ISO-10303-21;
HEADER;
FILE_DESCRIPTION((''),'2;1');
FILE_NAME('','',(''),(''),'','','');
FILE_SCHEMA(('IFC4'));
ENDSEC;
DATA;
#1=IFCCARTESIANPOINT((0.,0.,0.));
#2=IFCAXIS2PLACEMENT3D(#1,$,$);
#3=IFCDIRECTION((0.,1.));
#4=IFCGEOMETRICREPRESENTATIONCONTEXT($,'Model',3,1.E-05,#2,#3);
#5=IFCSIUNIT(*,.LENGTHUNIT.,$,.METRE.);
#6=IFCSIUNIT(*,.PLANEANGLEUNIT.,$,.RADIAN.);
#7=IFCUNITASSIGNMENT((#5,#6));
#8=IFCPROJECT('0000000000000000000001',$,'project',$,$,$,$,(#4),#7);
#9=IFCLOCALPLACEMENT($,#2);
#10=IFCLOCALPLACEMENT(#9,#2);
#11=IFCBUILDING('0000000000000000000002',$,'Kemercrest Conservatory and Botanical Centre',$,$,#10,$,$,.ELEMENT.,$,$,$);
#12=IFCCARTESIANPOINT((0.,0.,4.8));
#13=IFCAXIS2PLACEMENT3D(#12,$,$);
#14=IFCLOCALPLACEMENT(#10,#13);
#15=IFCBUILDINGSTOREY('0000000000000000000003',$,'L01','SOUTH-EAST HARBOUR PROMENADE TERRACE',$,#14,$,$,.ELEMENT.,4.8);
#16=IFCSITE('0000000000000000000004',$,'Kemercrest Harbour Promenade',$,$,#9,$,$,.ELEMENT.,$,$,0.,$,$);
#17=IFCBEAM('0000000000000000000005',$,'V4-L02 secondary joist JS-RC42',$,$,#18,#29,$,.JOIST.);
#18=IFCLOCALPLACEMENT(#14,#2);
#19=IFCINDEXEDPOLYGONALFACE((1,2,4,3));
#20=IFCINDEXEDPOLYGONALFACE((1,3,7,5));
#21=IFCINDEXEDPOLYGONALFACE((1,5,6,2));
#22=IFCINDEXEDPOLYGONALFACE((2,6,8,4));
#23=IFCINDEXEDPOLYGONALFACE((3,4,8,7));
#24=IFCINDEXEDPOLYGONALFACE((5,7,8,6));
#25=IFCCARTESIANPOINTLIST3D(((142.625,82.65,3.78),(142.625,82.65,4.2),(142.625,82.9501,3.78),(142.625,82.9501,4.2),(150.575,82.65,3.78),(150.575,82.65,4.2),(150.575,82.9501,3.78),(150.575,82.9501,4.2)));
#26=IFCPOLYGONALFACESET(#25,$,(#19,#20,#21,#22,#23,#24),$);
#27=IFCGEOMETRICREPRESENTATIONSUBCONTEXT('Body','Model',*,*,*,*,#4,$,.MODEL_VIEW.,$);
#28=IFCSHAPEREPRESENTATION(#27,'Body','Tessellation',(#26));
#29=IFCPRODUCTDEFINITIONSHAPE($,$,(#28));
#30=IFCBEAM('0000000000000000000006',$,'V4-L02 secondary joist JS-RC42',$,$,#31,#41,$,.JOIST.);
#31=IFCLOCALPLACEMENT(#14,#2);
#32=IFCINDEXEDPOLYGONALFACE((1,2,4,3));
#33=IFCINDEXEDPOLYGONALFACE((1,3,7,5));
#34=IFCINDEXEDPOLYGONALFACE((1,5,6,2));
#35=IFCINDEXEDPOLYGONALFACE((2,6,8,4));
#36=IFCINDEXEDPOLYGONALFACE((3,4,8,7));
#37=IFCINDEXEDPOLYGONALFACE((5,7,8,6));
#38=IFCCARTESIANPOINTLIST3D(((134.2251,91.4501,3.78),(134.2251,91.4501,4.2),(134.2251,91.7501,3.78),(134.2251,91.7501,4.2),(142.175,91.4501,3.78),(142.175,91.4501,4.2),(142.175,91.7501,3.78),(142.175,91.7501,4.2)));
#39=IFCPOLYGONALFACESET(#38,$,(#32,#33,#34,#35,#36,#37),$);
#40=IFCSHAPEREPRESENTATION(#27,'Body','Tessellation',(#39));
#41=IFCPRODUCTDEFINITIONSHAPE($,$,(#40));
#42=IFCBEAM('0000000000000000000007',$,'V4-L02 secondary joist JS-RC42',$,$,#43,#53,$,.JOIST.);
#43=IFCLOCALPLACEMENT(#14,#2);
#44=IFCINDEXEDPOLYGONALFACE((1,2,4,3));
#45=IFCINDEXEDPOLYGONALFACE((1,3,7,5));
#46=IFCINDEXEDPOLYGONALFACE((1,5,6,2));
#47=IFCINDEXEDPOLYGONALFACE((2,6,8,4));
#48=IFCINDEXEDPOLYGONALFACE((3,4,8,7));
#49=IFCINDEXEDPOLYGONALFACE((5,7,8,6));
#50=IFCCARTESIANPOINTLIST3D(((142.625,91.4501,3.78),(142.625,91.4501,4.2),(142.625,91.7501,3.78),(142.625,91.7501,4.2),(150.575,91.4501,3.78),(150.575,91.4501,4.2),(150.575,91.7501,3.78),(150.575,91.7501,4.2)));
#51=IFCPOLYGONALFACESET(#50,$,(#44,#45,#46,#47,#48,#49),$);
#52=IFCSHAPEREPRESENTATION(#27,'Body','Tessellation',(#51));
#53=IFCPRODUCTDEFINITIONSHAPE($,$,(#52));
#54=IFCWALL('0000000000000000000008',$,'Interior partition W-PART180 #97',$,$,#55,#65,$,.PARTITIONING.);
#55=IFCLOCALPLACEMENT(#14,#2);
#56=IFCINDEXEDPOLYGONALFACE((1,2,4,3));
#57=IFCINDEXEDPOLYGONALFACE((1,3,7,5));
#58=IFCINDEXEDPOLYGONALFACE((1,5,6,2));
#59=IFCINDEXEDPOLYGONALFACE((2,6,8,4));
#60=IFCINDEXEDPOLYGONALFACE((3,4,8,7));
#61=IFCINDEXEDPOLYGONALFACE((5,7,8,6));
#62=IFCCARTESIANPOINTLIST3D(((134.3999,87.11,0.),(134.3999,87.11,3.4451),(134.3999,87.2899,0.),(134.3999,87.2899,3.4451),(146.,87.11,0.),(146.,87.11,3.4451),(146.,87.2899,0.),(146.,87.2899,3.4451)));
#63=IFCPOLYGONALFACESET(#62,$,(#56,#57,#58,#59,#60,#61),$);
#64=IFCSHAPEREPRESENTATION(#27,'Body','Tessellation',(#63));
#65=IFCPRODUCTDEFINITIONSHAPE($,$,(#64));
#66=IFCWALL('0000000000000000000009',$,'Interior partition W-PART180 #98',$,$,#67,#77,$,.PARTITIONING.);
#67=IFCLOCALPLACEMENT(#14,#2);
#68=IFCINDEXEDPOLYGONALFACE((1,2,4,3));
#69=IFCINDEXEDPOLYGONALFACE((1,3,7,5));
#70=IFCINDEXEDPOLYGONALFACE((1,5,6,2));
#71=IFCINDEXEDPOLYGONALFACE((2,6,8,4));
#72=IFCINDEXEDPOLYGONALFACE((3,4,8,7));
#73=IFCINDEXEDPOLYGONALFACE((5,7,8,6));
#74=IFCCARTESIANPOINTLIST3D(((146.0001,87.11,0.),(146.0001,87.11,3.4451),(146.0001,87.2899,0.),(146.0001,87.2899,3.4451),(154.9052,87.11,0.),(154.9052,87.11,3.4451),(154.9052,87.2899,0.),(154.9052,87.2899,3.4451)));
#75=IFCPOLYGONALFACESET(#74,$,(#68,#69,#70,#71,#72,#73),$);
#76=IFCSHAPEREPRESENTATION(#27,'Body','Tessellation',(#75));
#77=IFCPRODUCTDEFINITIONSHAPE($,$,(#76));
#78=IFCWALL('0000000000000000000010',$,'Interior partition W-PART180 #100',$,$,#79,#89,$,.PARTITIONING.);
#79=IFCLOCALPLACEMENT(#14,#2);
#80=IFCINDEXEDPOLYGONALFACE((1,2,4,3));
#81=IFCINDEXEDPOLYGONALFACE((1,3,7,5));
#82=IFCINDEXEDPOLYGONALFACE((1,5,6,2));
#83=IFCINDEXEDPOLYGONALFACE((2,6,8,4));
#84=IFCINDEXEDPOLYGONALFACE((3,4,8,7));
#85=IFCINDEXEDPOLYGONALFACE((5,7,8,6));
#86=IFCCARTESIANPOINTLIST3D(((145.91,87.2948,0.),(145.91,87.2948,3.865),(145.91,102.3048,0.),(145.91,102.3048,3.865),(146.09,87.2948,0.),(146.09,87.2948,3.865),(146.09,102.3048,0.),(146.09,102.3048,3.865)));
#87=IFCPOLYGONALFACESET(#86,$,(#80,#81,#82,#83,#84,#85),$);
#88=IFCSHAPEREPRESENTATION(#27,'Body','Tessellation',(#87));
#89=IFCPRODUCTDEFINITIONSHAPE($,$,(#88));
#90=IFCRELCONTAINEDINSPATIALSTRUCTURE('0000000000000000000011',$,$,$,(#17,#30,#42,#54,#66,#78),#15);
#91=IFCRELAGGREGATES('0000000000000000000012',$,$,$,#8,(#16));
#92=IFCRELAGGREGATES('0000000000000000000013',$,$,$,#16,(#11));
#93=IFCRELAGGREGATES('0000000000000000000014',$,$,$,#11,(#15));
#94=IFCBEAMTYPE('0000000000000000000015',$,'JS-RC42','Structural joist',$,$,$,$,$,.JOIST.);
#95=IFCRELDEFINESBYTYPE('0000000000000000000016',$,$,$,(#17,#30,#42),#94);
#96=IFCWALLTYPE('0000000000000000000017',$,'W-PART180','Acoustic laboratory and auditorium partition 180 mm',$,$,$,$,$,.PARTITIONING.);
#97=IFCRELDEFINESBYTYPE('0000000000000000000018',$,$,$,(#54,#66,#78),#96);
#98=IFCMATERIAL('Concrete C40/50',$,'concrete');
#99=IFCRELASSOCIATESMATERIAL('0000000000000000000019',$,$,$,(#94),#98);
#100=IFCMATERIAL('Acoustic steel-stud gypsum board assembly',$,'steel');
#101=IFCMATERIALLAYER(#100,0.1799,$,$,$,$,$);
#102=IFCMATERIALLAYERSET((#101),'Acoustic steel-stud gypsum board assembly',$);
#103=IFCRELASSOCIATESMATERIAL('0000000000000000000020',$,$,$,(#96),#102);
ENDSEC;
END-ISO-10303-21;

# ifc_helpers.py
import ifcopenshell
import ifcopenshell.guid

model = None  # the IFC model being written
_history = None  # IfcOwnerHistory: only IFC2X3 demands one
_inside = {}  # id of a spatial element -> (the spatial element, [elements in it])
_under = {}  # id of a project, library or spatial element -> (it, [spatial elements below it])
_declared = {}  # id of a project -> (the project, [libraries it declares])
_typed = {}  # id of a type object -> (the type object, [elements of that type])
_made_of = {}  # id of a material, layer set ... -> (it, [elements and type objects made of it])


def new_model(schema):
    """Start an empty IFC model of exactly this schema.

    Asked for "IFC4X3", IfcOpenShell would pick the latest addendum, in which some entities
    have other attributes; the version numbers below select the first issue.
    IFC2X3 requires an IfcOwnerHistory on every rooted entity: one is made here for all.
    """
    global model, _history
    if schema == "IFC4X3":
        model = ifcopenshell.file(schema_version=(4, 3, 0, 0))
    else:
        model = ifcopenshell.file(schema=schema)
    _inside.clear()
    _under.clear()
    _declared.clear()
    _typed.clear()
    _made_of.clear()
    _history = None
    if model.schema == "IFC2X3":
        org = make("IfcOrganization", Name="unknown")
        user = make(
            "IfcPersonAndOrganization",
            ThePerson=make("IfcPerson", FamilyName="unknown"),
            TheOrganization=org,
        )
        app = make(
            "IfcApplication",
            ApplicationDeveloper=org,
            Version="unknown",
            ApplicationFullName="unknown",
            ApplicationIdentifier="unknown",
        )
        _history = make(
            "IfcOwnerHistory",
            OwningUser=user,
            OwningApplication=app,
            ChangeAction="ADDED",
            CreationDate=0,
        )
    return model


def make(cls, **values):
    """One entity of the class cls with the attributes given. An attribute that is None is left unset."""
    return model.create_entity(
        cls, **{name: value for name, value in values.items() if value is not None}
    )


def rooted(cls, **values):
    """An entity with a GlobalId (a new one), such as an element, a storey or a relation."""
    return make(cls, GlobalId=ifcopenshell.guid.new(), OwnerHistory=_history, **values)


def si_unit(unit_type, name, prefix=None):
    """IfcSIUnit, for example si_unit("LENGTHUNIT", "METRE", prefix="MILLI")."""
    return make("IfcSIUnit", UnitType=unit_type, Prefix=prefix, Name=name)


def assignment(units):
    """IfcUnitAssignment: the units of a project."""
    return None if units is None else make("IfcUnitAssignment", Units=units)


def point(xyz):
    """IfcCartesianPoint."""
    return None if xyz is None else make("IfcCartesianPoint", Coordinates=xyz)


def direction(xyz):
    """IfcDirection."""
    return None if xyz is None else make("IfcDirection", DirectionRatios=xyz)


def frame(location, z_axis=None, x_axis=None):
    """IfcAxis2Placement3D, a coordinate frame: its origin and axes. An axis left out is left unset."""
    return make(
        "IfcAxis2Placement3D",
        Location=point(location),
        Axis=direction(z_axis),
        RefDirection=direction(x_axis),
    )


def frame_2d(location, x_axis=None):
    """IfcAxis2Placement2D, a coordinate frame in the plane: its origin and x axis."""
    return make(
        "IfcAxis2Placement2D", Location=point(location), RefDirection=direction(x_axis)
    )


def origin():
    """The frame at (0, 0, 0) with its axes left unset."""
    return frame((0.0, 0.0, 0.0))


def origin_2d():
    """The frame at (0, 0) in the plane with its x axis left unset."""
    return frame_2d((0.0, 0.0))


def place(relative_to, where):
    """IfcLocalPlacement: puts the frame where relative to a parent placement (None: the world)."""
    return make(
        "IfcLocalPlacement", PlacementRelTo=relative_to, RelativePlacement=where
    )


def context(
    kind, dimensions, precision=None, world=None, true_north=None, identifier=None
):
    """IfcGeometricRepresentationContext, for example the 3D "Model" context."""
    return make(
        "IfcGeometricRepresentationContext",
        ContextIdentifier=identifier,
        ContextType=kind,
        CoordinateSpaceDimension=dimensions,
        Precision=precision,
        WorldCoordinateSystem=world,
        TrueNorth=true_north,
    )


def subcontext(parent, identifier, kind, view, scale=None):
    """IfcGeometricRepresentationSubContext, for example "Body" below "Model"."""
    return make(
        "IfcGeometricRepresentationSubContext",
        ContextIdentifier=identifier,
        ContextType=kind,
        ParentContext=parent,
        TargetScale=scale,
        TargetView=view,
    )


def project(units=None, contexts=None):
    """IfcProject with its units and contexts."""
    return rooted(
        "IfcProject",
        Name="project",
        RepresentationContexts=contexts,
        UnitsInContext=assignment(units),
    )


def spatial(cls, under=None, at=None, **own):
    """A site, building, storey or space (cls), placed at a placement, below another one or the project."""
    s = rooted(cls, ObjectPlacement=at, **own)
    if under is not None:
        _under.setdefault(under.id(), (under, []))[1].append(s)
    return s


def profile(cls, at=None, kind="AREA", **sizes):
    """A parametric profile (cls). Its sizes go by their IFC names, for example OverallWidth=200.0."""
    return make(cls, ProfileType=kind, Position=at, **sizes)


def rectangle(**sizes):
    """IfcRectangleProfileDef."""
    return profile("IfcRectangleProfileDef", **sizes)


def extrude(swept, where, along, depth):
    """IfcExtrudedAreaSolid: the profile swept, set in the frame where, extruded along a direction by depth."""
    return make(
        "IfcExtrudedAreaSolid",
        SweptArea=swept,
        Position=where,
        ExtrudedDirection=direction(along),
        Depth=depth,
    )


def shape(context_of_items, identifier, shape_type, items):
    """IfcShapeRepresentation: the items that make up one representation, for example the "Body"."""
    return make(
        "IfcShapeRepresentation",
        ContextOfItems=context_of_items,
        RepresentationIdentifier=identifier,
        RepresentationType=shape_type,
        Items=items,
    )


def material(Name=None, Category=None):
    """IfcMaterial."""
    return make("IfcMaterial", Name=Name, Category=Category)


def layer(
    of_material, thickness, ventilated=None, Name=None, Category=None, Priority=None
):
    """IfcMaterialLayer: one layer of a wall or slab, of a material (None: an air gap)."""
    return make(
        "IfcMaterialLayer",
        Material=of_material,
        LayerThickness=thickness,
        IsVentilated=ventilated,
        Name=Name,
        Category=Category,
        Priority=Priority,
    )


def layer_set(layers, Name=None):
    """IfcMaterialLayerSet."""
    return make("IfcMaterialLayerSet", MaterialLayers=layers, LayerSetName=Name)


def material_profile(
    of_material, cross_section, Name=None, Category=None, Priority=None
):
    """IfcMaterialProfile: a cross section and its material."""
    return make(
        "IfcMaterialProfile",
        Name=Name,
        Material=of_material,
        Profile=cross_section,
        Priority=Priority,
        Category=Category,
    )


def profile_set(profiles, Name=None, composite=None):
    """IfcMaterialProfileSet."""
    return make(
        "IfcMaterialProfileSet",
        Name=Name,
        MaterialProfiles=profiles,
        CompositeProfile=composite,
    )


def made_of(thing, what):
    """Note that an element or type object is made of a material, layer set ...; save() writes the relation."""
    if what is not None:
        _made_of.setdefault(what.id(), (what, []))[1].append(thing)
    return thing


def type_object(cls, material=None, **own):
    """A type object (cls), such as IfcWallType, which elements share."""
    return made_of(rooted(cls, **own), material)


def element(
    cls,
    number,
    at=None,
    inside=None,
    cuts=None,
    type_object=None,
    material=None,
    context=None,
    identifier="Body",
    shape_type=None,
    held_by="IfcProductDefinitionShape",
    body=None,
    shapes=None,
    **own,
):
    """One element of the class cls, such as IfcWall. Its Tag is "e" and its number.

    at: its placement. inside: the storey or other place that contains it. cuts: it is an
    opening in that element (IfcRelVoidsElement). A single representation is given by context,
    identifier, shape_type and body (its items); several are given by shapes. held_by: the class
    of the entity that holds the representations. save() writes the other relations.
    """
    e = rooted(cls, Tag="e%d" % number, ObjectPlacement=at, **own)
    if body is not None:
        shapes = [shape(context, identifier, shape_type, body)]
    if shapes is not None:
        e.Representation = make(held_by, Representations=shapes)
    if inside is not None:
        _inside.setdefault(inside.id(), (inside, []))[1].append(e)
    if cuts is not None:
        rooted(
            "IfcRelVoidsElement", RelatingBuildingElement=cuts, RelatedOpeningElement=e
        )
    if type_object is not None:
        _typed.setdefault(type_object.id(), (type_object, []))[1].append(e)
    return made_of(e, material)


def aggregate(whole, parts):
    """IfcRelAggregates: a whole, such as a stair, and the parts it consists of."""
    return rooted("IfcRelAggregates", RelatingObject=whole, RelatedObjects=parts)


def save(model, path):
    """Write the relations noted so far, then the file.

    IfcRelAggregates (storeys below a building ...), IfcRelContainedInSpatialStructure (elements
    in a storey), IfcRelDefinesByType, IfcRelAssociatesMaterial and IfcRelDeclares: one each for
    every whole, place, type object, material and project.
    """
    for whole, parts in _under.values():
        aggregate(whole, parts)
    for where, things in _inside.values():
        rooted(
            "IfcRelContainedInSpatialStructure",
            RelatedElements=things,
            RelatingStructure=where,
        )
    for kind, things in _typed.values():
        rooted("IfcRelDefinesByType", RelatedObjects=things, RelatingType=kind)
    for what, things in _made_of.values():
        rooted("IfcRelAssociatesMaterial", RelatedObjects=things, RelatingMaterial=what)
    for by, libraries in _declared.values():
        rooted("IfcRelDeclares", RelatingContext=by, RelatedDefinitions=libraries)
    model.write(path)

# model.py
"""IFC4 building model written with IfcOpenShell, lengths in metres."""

from ifc_helpers import new_model, si_unit, direction, frame, frame_2d, origin, origin_2d, place, context, subcontext, project, spatial, rectangle, extrude, material, layer, layer_set, material_profile, profile_set, type_object, element, save


model = new_model("IFC4")

# Units and contexts
model_context = context("Model", 3, precision=1e-05, world=origin(), true_north=direction((0.0, 1.0)))
body_context = subcontext(model_context, "Body", "Model", "MODEL_VIEW")
ifc_project = project(units=[si_unit("LENGTHUNIT", "METRE"), si_unit("PLANEANGLEUNIT", "RADIAN")], contexts=[model_context])

# Site, building, storey
site_placement = place(None, origin())
site = spatial("IfcSite", under=ifc_project, at=site_placement, Name="Kemercrest Harbour Promenade", CompositionType="ELEMENT", RefElevation=0.0)
building_placement = place(site_placement, origin())
building = spatial("IfcBuilding", under=site, at=building_placement, Name="Kemercrest Conservatory and Botanical Centre", CompositionType="ELEMENT")
storey_placement = place(building_placement, frame((0.0, 0.0, 4.8)))
storey = spatial("IfcBuildingStorey", under=building, at=storey_placement, Name="L01", Description="SOUTH-EAST HARBOUR PROMENADE TERRACE", CompositionType="ELEMENT", Elevation=4.8)

# Beams
ifc_material_1 = material(Name="Concrete C40/50", Category="concrete")
ifc_material_profile_1 = material_profile(ifc_material_1, rectangle(XDim=0.3, YDim=0.4199, at=origin_2d()), Name="RC 300x420")
ifc_profile_set_1 = profile_set([ifc_material_profile_1], Name="Concrete C40/50")
beam_type_1 = type_object("IfcBeamType", Name="JS-RC42", Description="Structural joist", PredefinedType="JOIST", material=ifc_profile_set_1)
for number, where, z_axis, x_axis, name in (
    (1, (142.625, 82.8, 3.99), (1.0, 0.0, 0.0), (0.0, 1.0, 0.0), "V4-L02 secondary joist JS-RC42"),
    (2, (134.2251, 91.6001, 3.99), (1.0, 0.0, 0.0), (0.0, 1.0, 0.0), "V4-L02 secondary joist JS-RC42"),
    (3, (142.625, 91.6001, 3.99), (1.0, 0.0, 0.0), (0.0, 1.0, 0.0), "V4-L02 secondary joist JS-RC42"),
):
    element("IfcBeam", number, at=place(storey_placement, frame(where, z_axis=z_axis, x_axis=x_axis)), inside=storey, type_object=beam_type_1, Name=name, PredefinedType="JOIST", context=body_context, shape_type="SweptSolid", body=[
        extrude(rectangle(XDim=0.3, YDim=0.4199, at=origin_2d()), origin(), (0.0, 0.0, 1.0), 7.95),
    ])

# Walls
ifc_material_2 = material(Name="Acoustic steel-stud gypsum board assembly", Category="steel")
ifc_layer = layer(ifc_material_2, 0.1799)
ifc_layer_set = layer_set([ifc_layer], Name="Acoustic steel-stud gypsum board assembly")
wall_type = type_object("IfcWallType", Name="W-PART180", Description="Acoustic laboratory and auditorium partition 180 mm", PredefinedType="PARTITIONING", material=ifc_layer_set)
wall_1_placement = place(storey_placement, frame((134.3999, 87.2, 0.0), z_axis=(0.0, 0.0, 1.0), x_axis=(1.0, 0.0, 0.0)))
element("IfcWall", 4, at=wall_1_placement, inside=storey, type_object=wall_type, Name="Interior partition W-PART180 #97", PredefinedType="PARTITIONING", context=body_context, shape_type="SweptSolid", body=[
    extrude(rectangle(XDim=11.6001, YDim=0.1799, at=frame_2d((5.8, 0.0))), origin(), (0.0, 0.0, 1.0), 3.4451),
])
wall_2_placement = place(storey_placement, frame((146.0, 87.2, 0.0), z_axis=(0.0, 0.0, 1.0), x_axis=(1.0, 0.0, 0.0)))
element("IfcWall", 5, at=wall_2_placement, inside=storey, type_object=wall_type, Name="Interior partition W-PART180 #98", PredefinedType="PARTITIONING", context=body_context, shape_type="SweptSolid", body=[
    extrude(rectangle(XDim=8.905, YDim=0.1799, at=frame_2d((4.4526, 0.0))), origin(), (0.0, 0.0, 1.0), 3.4451),
])
wall_3_placement = place(storey_placement, frame((146.0, 87.2949, 0.0), z_axis=(0.0, 0.0, 1.0), x_axis=(0.0, 1.0, 0.0)))
element("IfcWall", 6, at=wall_3_placement, inside=storey, type_object=wall_type, Name="Interior partition W-PART180 #100", PredefinedType="PARTITIONING", context=body_context, shape_type="SweptSolid", body=[
    extrude(rectangle(XDim=15.01, YDim=0.1799, at=frame_2d((7.5049, 0.0))), origin(), (0.0, 0.0, 1.0), 3.865),
])

save(model, "model.ifc")
